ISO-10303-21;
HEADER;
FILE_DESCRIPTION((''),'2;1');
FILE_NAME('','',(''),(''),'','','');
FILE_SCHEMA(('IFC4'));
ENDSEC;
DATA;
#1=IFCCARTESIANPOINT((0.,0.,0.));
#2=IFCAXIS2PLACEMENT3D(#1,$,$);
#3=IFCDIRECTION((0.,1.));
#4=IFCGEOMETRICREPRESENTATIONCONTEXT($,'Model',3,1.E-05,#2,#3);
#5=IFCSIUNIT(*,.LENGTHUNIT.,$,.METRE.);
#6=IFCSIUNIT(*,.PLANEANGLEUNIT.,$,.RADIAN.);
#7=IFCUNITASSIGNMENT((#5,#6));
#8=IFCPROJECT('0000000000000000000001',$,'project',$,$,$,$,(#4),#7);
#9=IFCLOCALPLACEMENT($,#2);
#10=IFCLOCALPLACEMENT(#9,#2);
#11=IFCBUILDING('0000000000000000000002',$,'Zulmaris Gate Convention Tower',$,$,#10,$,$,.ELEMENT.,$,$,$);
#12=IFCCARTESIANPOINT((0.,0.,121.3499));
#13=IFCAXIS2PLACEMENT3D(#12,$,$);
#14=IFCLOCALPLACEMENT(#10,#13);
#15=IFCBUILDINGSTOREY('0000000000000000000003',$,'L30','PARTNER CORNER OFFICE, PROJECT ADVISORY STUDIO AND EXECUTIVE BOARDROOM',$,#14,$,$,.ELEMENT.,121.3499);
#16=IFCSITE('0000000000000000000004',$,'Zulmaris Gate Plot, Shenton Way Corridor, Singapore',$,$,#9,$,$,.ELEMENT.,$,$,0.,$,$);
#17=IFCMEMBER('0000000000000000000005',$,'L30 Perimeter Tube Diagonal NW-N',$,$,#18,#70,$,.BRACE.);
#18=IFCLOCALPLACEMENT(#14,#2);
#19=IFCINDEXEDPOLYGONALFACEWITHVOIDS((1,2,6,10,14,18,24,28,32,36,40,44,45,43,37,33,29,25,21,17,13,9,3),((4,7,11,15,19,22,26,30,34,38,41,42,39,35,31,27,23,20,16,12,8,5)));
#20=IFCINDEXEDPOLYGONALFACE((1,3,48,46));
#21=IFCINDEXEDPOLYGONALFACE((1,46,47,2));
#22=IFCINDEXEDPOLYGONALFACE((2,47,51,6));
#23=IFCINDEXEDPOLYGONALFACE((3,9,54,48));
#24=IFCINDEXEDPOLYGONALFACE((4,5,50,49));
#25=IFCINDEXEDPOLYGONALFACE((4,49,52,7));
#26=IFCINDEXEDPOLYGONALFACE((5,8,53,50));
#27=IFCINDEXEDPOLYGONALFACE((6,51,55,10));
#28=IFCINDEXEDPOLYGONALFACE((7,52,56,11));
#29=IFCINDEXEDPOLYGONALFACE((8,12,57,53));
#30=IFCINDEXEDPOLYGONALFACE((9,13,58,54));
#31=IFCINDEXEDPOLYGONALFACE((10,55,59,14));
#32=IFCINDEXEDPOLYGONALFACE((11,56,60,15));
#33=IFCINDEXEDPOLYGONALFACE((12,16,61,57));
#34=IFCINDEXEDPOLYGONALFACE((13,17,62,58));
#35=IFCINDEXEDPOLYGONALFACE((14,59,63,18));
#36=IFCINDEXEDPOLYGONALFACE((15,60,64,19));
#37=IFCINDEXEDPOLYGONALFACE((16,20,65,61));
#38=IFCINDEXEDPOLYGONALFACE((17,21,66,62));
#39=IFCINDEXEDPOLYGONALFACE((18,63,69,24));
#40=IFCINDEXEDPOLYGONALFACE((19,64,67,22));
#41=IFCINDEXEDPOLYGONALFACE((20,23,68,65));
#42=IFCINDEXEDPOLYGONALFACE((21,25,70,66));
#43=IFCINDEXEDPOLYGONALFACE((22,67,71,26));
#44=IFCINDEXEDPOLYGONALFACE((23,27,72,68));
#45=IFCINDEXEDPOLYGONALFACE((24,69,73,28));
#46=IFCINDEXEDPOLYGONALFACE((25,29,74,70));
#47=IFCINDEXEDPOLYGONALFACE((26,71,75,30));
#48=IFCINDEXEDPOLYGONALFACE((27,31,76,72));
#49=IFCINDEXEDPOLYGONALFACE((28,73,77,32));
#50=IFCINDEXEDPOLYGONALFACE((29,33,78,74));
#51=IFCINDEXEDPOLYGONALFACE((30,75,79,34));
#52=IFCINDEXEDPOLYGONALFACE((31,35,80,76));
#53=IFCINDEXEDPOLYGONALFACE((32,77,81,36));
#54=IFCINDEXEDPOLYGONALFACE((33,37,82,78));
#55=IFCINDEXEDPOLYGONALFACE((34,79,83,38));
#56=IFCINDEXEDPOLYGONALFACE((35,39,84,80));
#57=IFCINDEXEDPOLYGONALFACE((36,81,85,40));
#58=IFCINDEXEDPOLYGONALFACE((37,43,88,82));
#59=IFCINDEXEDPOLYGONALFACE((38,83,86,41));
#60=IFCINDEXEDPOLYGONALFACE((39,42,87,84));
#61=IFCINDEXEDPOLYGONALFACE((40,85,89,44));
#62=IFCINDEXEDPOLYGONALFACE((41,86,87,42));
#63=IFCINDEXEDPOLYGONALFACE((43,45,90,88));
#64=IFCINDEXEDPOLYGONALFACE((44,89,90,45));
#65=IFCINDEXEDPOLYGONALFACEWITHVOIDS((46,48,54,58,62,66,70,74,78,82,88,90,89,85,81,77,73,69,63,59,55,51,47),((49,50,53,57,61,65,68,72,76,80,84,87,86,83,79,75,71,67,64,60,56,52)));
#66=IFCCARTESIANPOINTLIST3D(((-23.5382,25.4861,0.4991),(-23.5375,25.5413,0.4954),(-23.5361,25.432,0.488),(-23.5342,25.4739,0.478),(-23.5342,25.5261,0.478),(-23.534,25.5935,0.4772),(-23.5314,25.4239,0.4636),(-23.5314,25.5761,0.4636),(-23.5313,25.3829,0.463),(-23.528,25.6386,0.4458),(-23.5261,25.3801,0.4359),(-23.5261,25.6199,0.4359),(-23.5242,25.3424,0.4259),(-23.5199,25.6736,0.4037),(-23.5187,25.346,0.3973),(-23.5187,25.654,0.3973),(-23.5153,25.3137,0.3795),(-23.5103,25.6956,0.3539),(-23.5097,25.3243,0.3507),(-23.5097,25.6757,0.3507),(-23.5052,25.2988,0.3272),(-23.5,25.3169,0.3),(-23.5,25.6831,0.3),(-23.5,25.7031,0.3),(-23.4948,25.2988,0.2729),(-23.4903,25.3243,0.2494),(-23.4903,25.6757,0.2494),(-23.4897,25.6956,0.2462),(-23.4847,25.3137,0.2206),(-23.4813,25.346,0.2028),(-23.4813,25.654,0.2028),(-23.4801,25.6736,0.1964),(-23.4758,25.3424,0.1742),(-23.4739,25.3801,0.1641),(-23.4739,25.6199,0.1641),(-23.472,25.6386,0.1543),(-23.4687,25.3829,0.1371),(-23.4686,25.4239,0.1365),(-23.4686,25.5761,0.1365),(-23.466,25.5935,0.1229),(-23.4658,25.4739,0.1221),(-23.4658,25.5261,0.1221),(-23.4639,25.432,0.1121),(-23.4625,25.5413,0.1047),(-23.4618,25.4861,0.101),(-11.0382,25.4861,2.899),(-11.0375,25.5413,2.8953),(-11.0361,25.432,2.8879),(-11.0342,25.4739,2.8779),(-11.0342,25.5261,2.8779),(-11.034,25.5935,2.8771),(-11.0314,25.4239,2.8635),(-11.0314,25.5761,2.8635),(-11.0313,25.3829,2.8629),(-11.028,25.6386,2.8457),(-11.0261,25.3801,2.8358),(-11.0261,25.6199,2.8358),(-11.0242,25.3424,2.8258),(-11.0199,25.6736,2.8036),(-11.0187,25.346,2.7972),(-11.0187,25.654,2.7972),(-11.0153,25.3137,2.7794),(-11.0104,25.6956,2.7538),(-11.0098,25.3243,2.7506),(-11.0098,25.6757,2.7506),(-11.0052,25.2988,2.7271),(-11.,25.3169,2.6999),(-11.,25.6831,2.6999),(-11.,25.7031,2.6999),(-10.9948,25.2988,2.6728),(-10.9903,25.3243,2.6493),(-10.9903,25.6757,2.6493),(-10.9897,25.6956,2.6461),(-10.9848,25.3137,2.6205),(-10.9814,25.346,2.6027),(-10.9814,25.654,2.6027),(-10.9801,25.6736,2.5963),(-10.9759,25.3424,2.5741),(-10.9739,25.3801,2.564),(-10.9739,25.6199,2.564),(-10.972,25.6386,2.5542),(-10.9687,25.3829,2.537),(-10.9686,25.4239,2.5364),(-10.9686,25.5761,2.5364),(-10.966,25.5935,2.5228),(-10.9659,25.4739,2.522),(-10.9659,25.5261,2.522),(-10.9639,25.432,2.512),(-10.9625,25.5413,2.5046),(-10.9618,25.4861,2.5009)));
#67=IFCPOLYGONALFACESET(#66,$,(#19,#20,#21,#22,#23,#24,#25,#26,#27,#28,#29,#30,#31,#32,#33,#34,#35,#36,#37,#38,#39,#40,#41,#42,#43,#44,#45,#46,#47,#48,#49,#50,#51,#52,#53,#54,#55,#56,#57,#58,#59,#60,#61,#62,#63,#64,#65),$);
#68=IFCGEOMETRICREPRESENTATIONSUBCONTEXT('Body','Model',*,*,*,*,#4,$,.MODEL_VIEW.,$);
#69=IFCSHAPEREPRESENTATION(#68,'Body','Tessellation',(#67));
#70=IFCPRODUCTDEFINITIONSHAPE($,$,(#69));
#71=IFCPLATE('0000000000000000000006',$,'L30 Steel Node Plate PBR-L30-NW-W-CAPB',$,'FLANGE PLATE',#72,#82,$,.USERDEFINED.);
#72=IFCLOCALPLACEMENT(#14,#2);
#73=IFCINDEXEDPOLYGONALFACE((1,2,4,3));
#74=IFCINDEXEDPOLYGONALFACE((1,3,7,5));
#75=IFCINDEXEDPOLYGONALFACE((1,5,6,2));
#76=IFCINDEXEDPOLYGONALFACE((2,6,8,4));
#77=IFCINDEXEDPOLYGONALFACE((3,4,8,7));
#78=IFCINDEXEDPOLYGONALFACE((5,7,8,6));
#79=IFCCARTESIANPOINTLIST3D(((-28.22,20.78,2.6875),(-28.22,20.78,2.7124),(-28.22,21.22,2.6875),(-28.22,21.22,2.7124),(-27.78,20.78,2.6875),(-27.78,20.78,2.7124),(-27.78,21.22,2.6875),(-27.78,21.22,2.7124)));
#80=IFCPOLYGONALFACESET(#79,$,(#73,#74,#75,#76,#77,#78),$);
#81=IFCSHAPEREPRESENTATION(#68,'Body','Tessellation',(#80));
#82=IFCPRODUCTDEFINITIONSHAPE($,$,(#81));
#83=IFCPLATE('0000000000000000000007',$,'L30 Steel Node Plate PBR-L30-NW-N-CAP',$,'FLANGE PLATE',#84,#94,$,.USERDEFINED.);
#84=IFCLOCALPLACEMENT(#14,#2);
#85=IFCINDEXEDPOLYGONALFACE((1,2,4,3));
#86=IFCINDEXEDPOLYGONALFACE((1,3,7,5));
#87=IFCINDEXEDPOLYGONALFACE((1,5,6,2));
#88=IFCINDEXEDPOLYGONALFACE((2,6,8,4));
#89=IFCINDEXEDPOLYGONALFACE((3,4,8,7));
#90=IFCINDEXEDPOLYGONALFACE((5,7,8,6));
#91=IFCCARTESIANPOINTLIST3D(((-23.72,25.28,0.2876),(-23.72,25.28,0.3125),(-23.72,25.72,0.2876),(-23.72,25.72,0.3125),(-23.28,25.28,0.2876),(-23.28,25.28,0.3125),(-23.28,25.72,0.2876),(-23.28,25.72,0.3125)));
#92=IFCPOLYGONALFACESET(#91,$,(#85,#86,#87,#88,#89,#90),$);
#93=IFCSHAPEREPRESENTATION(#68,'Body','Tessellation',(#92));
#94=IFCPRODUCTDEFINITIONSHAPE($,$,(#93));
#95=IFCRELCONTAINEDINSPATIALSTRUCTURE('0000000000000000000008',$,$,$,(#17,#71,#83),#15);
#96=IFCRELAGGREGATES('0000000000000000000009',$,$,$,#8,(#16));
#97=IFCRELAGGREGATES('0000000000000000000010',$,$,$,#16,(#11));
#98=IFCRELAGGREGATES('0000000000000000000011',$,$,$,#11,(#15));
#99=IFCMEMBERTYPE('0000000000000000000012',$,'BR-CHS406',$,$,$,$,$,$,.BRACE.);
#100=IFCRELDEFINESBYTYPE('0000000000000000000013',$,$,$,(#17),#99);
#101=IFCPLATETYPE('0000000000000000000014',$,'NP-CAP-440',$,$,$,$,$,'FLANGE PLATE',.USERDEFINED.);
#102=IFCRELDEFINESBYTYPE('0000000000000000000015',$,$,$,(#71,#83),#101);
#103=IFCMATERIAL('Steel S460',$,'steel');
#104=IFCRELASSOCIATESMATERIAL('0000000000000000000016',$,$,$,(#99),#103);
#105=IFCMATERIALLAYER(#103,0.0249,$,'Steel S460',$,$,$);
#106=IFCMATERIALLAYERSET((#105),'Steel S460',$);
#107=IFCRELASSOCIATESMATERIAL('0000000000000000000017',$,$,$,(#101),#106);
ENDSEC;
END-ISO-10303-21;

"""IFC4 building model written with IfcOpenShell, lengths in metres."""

from ifc_helpers import new_model, si_unit, direction, frame, origin, origin_2d, place, context, subcontext, project, spatial, rectangle, hollow_circle, extrude, material, layer, layer_set, material_profile, profile_set, type_object, element, save


model = new_model("IFC4")

# Units and contexts
model_context = context("Model", 3, precision=1e-05, world=origin(), true_north=direction((0.0, 1.0)))
body_context = subcontext(model_context, "Body", "Model", "MODEL_VIEW")
ifc_project = project(units=[si_unit("LENGTHUNIT", "METRE"), si_unit("PLANEANGLEUNIT", "RADIAN")], contexts=[model_context])

# Site, building, storey
site_placement = place(None, origin())
site = spatial("IfcSite", under=ifc_project, at=site_placement, Name="Zulmaris Gate Plot, Shenton Way Corridor, Singapore", CompositionType="ELEMENT", RefElevation=0.0)
building_placement = place(site_placement, origin())
building = spatial("IfcBuilding", under=site, at=building_placement, Name="Zulmaris Gate Convention Tower", CompositionType="ELEMENT")
storey_placement = place(building_placement, frame((0.0, 0.0, 121.3499)))
storey = spatial("IfcBuildingStorey", under=building, at=storey_placement, Name="L30", Description="PARTNER CORNER OFFICE, PROJECT ADVISORY STUDIO AND EXECUTIVE BOARDROOM", CompositionType="ELEMENT", Elevation=121.3499)

# Member
ifc_material_1 = material(Name="Steel S460", Category="steel")
ifc_material_profile_1 = material_profile(ifc_material_1, hollow_circle(Radius=0.2031, WallThickness=0.02, at=origin_2d()), Name="CHS 406.4x20")
ifc_profile_set_1 = profile_set([ifc_material_profile_1], Name="Steel S460")
member_type = type_object("IfcMemberType", Name="BR-CHS406", PredefinedType="BRACE", material=ifc_profile_set_1)
member_placement = place(storey_placement, frame((-23.5, 25.5, 0.3), z_axis=(0.982064, 0.0, 0.188549), x_axis=(0.0, 1.0, 0.0)))
element("IfcMember", 1, at=member_placement, inside=storey, type_object=member_type, Name="L30 Perimeter Tube Diagonal NW-N", PredefinedType="BRACE", context=body_context, shape_type="SweptSolid", body=[
    extrude(hollow_circle(Radius=0.2031, WallThickness=0.02, at=origin_2d()), origin(), (0.0, 0.0, 1.0), 12.7283),
])

# Plates
ifc_layer_1 = layer(ifc_material_1, 0.0249, Name="Steel S460")
ifc_layer_set_1 = layer_set([ifc_layer_1], Name="Steel S460")
plate_type = type_object("IfcPlateType", Name="NP-CAP-440", ElementType="FLANGE PLATE", PredefinedType="USERDEFINED", material=ifc_layer_set_1)
for number, where, z_axis, x_axis, name in (
    (2, (-28.0, 21.0, 2.6875), (0.0, 0.0, 1.0), (1.0, 0.0, 0.0), "L30 Steel Node Plate PBR-L30-NW-W-CAPB"),
    (3, (-23.5, 25.5, 0.2876), (0.0, 0.0, 1.0), (1.0, 0.0, 0.0), "L30 Steel Node Plate PBR-L30-NW-N-CAP"),
):
    element("IfcPlate", number, at=place(storey_placement, frame(where, z_axis=z_axis, x_axis=x_axis)), inside=storey, type_object=plate_type, Name=name, ObjectType="FLANGE PLATE", PredefinedType="USERDEFINED", context=body_context, shape_type="SweptSolid", body=[
        extrude(rectangle(XDim=0.4399, YDim=0.4399, at=origin_2d()), origin(), (0.0, 0.0, 1.0), 0.0249),
    ])

save(model, "model.ifc")
